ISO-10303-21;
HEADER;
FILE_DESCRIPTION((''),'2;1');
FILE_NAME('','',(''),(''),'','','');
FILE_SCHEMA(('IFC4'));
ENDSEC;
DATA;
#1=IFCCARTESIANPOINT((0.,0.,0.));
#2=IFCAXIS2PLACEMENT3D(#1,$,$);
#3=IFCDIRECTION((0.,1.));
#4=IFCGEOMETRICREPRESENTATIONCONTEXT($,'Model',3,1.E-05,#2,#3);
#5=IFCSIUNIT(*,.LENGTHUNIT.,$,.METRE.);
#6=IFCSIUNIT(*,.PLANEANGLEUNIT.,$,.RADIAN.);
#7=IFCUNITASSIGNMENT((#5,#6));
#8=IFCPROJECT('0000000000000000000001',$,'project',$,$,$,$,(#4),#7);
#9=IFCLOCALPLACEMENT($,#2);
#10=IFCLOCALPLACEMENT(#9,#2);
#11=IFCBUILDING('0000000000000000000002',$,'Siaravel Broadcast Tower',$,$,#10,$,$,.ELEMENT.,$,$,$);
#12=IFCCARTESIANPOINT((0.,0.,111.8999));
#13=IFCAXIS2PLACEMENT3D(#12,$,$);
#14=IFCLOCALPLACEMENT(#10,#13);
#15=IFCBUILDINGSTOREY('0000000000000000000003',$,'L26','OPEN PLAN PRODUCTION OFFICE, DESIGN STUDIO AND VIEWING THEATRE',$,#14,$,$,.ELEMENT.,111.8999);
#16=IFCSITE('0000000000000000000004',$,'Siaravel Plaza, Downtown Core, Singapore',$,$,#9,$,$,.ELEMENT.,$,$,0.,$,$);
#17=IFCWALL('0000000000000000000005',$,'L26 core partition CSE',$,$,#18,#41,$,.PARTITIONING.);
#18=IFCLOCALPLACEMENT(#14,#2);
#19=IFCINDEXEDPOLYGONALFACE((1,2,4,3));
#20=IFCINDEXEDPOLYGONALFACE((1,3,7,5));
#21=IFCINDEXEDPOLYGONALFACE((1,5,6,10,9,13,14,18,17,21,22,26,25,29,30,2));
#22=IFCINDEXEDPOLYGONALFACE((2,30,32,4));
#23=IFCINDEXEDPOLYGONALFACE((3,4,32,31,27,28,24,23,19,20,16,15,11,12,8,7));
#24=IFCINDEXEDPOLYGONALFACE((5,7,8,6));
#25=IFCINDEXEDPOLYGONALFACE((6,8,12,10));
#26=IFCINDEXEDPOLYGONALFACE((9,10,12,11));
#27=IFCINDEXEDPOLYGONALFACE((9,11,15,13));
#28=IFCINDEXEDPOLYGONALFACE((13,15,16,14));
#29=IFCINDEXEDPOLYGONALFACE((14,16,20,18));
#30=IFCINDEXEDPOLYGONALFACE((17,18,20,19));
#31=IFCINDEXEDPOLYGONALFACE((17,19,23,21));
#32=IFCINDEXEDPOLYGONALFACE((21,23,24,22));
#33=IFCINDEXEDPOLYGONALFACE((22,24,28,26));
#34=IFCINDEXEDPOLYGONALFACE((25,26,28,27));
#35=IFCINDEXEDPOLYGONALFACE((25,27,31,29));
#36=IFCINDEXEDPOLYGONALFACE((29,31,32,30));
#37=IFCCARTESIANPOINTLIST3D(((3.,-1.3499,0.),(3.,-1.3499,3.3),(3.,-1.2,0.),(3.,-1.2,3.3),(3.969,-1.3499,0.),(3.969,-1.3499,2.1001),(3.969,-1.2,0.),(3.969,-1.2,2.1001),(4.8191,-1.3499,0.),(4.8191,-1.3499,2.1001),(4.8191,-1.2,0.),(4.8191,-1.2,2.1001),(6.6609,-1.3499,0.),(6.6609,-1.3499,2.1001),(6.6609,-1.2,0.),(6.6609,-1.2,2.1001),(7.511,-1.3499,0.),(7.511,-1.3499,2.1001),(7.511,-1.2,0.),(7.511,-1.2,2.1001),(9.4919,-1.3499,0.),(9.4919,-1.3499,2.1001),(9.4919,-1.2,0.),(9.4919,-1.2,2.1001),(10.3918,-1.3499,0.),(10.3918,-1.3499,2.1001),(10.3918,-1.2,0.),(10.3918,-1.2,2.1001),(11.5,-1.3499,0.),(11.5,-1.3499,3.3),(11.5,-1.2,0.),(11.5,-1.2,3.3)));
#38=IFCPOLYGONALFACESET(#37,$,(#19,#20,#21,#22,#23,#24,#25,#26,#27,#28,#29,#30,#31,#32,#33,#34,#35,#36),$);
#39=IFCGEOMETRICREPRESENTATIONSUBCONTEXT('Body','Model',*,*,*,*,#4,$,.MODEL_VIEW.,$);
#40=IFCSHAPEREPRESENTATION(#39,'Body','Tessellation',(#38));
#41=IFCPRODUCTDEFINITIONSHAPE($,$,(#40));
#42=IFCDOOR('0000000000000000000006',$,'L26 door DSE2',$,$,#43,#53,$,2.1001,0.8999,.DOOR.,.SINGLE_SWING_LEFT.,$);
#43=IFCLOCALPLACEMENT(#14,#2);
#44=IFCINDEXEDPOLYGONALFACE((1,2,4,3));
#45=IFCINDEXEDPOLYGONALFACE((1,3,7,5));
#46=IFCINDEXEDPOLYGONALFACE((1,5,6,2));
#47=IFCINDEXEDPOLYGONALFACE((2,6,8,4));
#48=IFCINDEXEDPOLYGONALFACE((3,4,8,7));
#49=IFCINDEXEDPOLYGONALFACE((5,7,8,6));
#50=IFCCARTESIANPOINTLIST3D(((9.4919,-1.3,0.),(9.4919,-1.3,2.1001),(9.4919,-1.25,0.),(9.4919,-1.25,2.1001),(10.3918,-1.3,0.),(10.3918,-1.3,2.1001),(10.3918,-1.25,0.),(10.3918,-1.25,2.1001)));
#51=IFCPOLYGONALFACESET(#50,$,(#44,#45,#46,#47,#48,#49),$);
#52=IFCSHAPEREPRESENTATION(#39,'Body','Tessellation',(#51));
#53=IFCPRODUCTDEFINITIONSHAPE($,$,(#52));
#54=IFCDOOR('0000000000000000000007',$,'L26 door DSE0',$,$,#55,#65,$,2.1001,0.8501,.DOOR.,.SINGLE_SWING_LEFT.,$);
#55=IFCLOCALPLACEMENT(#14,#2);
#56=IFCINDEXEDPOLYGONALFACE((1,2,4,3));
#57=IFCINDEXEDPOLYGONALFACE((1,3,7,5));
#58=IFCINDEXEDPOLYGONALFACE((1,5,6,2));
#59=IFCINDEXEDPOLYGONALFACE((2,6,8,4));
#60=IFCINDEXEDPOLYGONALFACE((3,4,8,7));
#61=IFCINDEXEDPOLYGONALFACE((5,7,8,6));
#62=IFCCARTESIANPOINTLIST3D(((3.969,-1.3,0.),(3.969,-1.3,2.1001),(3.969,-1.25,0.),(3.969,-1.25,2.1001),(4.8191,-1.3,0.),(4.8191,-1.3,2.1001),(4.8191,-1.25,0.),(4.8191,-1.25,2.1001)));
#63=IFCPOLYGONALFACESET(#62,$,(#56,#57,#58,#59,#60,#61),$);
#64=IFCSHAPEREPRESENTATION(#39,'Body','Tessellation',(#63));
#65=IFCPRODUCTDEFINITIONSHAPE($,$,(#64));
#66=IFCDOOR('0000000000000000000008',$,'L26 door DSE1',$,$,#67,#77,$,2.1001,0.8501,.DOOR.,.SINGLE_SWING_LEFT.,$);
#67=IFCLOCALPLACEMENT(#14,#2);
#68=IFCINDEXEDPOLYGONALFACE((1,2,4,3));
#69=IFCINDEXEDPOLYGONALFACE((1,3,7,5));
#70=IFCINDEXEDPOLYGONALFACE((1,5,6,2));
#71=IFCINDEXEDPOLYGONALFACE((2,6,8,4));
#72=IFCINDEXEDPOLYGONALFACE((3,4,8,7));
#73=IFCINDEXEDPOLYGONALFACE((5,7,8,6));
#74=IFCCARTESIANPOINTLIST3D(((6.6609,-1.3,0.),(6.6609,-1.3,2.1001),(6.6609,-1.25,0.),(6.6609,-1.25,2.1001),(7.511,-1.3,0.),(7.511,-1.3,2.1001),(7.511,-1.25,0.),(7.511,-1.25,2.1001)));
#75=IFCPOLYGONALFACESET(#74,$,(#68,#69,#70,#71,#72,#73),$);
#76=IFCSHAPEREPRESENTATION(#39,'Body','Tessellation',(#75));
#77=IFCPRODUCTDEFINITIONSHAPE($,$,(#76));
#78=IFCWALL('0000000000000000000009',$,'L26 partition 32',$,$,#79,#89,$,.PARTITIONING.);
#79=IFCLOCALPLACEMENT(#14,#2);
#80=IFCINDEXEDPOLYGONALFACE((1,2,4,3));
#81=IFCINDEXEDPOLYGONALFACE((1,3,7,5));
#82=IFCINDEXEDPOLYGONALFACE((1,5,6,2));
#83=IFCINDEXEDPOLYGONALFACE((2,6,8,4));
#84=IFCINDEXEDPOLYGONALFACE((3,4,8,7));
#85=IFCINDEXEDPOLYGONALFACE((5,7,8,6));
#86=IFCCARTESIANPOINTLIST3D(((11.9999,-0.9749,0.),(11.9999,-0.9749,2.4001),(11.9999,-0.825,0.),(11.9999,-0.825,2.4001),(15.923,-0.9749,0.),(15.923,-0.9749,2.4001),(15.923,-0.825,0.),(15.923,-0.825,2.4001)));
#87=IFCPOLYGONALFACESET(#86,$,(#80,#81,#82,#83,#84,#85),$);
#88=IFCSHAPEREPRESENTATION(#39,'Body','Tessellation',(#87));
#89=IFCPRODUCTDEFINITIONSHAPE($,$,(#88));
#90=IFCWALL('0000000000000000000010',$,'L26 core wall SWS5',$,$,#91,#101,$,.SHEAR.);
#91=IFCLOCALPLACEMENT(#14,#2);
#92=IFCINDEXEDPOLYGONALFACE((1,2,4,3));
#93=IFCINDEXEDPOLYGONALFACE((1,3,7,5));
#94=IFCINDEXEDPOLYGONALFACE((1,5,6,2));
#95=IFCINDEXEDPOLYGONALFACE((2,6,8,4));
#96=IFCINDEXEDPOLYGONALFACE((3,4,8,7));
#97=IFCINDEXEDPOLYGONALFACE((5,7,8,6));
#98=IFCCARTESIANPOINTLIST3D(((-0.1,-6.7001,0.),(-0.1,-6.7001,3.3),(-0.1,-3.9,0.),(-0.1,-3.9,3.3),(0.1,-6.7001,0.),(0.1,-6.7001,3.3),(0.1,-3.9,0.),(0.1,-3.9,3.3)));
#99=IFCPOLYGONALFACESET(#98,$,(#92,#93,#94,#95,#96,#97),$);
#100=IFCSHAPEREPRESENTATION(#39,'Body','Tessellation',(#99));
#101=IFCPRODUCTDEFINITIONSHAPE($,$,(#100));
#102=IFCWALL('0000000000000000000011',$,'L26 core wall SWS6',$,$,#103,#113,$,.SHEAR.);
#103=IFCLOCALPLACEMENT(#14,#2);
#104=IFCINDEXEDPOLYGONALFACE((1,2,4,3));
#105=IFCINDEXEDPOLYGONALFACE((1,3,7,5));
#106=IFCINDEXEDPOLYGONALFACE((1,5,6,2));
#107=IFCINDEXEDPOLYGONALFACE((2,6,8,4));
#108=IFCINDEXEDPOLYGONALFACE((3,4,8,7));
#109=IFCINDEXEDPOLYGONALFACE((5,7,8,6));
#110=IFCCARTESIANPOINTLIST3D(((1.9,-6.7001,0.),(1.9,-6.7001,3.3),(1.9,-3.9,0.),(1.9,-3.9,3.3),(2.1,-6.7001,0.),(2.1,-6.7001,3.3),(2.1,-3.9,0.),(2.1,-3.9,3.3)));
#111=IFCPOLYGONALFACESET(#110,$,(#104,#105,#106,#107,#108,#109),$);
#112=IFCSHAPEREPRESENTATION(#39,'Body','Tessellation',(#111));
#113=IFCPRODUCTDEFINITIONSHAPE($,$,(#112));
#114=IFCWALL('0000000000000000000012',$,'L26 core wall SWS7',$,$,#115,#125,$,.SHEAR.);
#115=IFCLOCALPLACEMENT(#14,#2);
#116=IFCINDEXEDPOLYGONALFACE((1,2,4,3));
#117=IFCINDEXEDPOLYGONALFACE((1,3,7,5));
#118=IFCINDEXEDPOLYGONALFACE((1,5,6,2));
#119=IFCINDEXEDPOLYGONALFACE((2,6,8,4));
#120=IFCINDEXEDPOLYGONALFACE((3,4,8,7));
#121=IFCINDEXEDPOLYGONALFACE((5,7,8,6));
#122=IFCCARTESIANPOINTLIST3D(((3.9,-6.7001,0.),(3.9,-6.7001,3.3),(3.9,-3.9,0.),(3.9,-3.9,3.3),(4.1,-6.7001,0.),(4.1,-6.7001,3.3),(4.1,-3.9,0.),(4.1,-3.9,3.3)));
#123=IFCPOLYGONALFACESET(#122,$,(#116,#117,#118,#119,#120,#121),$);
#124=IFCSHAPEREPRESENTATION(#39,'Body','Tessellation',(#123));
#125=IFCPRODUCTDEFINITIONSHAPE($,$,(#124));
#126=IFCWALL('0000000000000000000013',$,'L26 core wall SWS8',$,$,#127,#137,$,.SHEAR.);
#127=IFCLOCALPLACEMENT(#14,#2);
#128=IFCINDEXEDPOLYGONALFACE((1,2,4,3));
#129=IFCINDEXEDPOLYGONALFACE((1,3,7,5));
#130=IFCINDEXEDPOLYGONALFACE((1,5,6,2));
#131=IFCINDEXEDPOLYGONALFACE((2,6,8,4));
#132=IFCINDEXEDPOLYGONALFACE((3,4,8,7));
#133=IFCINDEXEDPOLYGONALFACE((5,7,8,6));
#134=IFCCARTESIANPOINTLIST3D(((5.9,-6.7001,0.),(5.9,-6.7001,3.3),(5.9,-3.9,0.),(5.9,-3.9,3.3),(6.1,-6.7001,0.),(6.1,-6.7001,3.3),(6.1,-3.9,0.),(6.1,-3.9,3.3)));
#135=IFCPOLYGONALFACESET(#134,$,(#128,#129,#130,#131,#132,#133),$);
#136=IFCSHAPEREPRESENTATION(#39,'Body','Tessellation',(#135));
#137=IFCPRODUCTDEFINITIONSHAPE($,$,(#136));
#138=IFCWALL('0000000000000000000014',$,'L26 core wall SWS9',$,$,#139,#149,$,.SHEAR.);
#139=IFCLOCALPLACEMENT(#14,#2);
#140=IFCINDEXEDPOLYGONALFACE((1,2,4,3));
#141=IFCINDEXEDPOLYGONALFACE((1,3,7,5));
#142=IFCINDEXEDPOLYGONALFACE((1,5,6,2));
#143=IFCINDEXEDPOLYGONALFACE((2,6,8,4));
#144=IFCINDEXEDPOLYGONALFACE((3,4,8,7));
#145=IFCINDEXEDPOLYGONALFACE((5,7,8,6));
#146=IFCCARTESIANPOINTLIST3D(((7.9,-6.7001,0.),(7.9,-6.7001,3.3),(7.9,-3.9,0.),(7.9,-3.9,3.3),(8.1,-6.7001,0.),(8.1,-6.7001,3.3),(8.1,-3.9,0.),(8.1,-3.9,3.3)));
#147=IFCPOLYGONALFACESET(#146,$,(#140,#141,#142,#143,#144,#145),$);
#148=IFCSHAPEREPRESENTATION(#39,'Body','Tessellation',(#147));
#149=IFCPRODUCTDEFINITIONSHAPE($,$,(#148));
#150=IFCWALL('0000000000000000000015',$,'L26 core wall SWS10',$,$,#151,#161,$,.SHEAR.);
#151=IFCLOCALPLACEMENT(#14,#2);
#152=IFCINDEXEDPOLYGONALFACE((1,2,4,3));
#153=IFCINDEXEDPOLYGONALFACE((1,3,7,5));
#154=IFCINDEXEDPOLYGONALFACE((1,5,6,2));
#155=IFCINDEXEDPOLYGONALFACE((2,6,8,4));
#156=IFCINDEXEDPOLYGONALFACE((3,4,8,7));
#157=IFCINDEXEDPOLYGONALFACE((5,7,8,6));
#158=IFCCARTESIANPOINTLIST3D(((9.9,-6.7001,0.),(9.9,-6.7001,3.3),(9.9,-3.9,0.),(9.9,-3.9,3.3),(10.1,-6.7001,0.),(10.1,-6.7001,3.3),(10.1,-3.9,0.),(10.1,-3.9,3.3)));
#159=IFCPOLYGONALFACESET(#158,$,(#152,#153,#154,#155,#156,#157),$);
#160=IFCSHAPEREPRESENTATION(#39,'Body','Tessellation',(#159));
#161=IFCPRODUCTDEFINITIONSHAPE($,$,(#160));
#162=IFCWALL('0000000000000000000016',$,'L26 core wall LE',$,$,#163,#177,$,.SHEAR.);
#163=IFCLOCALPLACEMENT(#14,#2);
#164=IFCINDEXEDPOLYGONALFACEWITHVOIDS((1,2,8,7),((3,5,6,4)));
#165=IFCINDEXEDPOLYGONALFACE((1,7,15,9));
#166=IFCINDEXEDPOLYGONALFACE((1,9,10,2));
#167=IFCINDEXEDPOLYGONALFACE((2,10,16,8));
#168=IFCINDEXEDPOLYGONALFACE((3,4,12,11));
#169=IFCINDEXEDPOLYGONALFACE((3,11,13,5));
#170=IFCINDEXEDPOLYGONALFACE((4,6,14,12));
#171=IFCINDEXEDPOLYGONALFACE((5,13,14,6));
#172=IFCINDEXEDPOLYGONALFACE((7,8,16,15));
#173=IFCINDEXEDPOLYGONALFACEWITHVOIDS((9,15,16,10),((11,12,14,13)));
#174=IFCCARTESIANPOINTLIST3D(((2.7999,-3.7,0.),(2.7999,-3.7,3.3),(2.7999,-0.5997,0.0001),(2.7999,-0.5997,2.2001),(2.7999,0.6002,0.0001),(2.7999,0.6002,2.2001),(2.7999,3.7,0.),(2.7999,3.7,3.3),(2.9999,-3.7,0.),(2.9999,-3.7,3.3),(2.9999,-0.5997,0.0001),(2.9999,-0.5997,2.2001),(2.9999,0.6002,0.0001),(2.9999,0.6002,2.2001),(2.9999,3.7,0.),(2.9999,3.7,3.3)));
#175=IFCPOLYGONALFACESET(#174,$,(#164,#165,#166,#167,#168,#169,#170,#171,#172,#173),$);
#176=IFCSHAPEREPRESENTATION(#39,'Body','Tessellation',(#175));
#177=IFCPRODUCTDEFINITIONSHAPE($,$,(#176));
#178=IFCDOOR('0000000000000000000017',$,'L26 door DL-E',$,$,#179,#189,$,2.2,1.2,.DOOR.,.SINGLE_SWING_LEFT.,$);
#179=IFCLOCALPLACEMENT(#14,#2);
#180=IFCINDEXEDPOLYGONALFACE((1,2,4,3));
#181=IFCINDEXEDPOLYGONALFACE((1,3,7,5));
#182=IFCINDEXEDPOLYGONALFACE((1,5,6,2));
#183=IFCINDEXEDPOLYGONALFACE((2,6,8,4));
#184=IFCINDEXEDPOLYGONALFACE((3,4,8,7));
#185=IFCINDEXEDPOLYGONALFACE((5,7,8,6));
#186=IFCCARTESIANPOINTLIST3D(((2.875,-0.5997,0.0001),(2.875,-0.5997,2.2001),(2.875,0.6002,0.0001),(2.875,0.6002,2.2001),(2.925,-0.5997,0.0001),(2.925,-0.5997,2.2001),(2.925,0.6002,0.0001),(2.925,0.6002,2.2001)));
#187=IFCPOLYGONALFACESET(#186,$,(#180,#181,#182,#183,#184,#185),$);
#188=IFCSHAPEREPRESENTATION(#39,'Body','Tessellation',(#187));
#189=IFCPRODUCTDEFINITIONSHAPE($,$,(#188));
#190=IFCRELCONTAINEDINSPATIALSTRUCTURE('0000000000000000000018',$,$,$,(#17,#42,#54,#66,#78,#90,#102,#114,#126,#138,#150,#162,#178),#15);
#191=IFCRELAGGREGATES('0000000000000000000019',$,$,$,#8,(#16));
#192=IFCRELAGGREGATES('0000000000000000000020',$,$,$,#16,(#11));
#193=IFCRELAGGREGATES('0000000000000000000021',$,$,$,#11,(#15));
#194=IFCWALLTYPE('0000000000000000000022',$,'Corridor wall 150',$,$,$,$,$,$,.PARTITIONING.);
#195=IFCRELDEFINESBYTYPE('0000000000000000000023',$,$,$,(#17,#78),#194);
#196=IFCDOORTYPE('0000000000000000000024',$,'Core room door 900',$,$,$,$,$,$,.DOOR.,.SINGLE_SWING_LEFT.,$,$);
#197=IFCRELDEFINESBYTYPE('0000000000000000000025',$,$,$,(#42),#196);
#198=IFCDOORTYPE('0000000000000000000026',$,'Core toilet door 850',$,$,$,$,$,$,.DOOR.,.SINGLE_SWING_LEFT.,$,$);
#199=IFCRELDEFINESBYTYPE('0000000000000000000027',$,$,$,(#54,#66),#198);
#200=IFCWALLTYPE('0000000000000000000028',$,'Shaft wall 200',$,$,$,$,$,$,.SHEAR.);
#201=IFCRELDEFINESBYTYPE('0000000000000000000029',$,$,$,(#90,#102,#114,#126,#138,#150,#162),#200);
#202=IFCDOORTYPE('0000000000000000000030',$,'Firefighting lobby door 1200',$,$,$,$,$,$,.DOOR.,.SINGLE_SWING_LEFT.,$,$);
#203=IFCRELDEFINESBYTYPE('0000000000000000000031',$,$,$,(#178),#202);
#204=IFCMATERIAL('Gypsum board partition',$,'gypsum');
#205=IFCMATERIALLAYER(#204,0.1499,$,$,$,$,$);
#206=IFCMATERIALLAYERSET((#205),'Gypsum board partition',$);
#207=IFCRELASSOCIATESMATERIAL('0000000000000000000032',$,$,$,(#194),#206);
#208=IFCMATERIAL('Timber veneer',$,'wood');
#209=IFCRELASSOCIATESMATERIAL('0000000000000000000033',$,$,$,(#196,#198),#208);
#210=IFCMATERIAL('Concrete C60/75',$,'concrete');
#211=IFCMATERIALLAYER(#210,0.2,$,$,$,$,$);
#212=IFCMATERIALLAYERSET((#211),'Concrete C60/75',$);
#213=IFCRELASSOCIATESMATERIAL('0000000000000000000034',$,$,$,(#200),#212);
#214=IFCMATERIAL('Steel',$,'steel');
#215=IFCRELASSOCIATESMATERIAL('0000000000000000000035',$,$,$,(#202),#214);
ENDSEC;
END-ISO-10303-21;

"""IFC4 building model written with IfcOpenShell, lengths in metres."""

from ifc_helpers import new_model, si_unit, direction, frame, frame_2d, origin, place, context, subcontext, project, spatial, rectangle, extrude, material, layer, layer_set, type_object, element, fill, save


model = new_model("IFC4")

# Units and contexts
model_context = context("Model", 3, precision=1e-05, world=origin(), true_north=direction((0.0, 1.0)))
body_context = subcontext(model_context, "Body", "Model", "MODEL_VIEW")
ifc_project = project(units=[si_unit("LENGTHUNIT", "METRE"), si_unit("PLANEANGLEUNIT", "RADIAN")], contexts=[model_context])

# Site, building, storey
site_placement = place(None, origin())
site = spatial("IfcSite", under=ifc_project, at=site_placement, Name="Siaravel Plaza, Downtown Core, Singapore", CompositionType="ELEMENT", RefElevation=0.0)
building_placement = place(site_placement, origin())
building = spatial("IfcBuilding", under=site, at=building_placement, Name="Siaravel Broadcast Tower", CompositionType="ELEMENT")
storey_placement = place(building_placement, frame((0.0, 0.0, 111.8999)))
storey = spatial("IfcBuildingStorey", under=building, at=storey_placement, Name="L26", Description="OPEN PLAN PRODUCTION OFFICE, DESIGN STUDIO AND VIEWING THEATRE", CompositionType="ELEMENT", Elevation=111.8999)

# Shared definitions
ifc_material_1 = material(Name="Concrete C60/75", Category="concrete")
ifc_material_2 = material(Name="Steel", Category="steel")

# Wall, openings, doors
ifc_material_3 = material(Name="Gypsum board partition", Category="gypsum")
ifc_layer_1 = layer(ifc_material_3, 0.1499)
ifc_layer_set_1 = layer_set([ifc_layer_1], Name="Gypsum board partition")
wall_type_1 = type_object("IfcWallType", Name="Corridor wall 150", PredefinedType="PARTITIONING", material=ifc_layer_set_1)
wall_1_placement = place(storey_placement, frame((3.0, -1.2749, 0.0), z_axis=(0.0, 0.0, 1.0), x_axis=(1.0, 0.0, 0.0)))
wall_1 = element("IfcWall", 1, at=wall_1_placement, inside=storey, type_object=wall_type_1, Name="L26 core partition CSE", PredefinedType="PARTITIONING", context=body_context, shape_type="SweptSolid", body=[
    extrude(rectangle(XDim=8.5, YDim=0.1499, at=frame_2d((4.25, 0.0))), origin(), (0.0, 0.0, 1.0), 3.3),
])
opening_1_placement = place(wall_1_placement, frame((0.969, 0.0, 0.0)))
opening_1 = element("IfcOpeningElement", 2, at=opening_1_placement, cuts=wall_1, PredefinedType="OPENING", context=body_context, shape_type="SweptSolid", body=[
    extrude(rectangle(XDim=0.8501, YDim=2.1001, at=frame_2d((0.425, 1.05))), frame((0.0, 0.085, 0.0), z_axis=(0.0, -1.0, 0.0), x_axis=(1.0, 0.0, 0.0)), (0.0, 0.0, 1.0), 0.1699),
])
opening_2_placement = place(wall_1_placement, frame((3.6609, 0.0, 0.0)))
opening_2 = element("IfcOpeningElement", 3, at=opening_2_placement, cuts=wall_1, PredefinedType="OPENING", context=body_context, shape_type="SweptSolid", body=[
    extrude(rectangle(XDim=0.8501, YDim=2.1001, at=frame_2d((0.425, 1.05))), frame((0.0, 0.085, 0.0), z_axis=(0.0, -1.0, 0.0), x_axis=(1.0, 0.0, 0.0)), (0.0, 0.0, 1.0), 0.1699),
])
opening_3_placement = place(wall_1_placement, frame((6.4919, 0.0, 0.0)))
opening_3 = element("IfcOpeningElement", 4, at=opening_3_placement, cuts=wall_1, PredefinedType="OPENING", context=body_context, shape_type="SweptSolid", body=[
    extrude(rectangle(XDim=0.8999, YDim=2.1001, at=frame_2d((0.45, 1.05))), frame((0.0, 0.085, 0.0), z_axis=(0.0, -1.0, 0.0), x_axis=(1.0, 0.0, 0.0)), (0.0, 0.0, 1.0), 0.1699),
])
ifc_material_4 = material(Name="Timber veneer", Category="wood")
door_type_1 = type_object("IfcDoorType", Name="Core room door 900", OperationType="SINGLE_SWING_LEFT", PredefinedType="DOOR", material=ifc_material_4)
door_1_placement = place(opening_3_placement, origin())
door_1 = element("IfcDoor", 5, at=door_1_placement, inside=storey, type_object=door_type_1, Name="L26 door DSE2", OperationType="SINGLE_SWING_LEFT", OverallHeight=2.1001, OverallWidth=0.8999, PredefinedType="DOOR", context=body_context, shape_type="SweptSolid", body=[
    extrude(rectangle(XDim=0.8999, YDim=2.1001, at=frame_2d((0.45, 1.05))), frame((0.0, 0.0249, 0.0), z_axis=(0.0, -1.0, 0.0), x_axis=(1.0, 0.0, 0.0)), (0.0, 0.0, 1.0), 0.05),
])
fill(opening_3, door_1)
door_type_2 = type_object("IfcDoorType", Name="Core toilet door 850", OperationType="SINGLE_SWING_LEFT", PredefinedType="DOOR", material=ifc_material_4)
door_2_placement = place(opening_1_placement, origin())
door_2 = element("IfcDoor", 6, at=door_2_placement, inside=storey, type_object=door_type_2, Name="L26 door DSE0", OperationType="SINGLE_SWING_LEFT", OverallHeight=2.1001, OverallWidth=0.8501, PredefinedType="DOOR", context=body_context, shape_type="SweptSolid", body=[
    extrude(rectangle(XDim=0.8501, YDim=2.1001, at=frame_2d((0.425, 1.05))), frame((0.0, 0.0249, 0.0), z_axis=(0.0, -1.0, 0.0), x_axis=(1.0, 0.0, 0.0)), (0.0, 0.0, 1.0), 0.05),
])
fill(opening_1, door_2)
door_3_placement = place(opening_2_placement, origin())
door_3 = element("IfcDoor", 7, at=door_3_placement, inside=storey, type_object=door_type_2, Name="L26 door DSE1", OperationType="SINGLE_SWING_LEFT", OverallHeight=2.1001, OverallWidth=0.8501, PredefinedType="DOOR", context=body_context, shape_type="SweptSolid", body=[
    extrude(rectangle(XDim=0.8501, YDim=2.1001, at=frame_2d((0.425, 1.05))), frame((0.0, 0.0249, 0.0), z_axis=(0.0, -1.0, 0.0), x_axis=(1.0, 0.0, 0.0)), (0.0, 0.0, 1.0), 0.05),
])
fill(opening_2, door_3)

# Walls
wall_2_placement = place(storey_placement, frame((12.0, -0.8999, 0.0), z_axis=(0.0, 0.0, 1.0), x_axis=(1.0, 0.0, 0.0)))
element("IfcWall", 8, at=wall_2_placement, inside=storey, type_object=wall_type_1, Name="L26 partition 32", PredefinedType="PARTITIONING", context=body_context, shape_type="SweptSolid", body=[
    extrude(rectangle(XDim=3.9231, YDim=0.1499, at=frame_2d((1.9614, 0.0))), origin(), (0.0, 0.0, 1.0), 2.4001),
])
ifc_layer_2 = layer(ifc_material_1, 0.2)
ifc_layer_set_2 = layer_set([ifc_layer_2], Name="Concrete C60/75")
wall_type_2 = type_object("IfcWallType", Name="Shaft wall 200", PredefinedType="SHEAR", material=ifc_layer_set_2)
for number, where, z_axis, x_axis, name in (
    (9, (0.0, -6.7, 0.0), (0.0, 0.0, 1.0), (0.0, 1.0, 0.0), "L26 core wall SWS5"),
    (10, (2.0, -6.7, 0.0), (0.0, 0.0, 1.0), (0.0, 1.0, 0.0), "L26 core wall SWS6"),
    (11, (4.0, -6.7, 0.0), (0.0, 0.0, 1.0), (0.0, 1.0, 0.0), "L26 core wall SWS7"),
    (12, (6.0, -6.7, 0.0), (0.0, 0.0, 1.0), (0.0, 1.0, 0.0), "L26 core wall SWS8"),
    (13, (8.0, -6.7, 0.0), (0.0, 0.0, 1.0), (0.0, 1.0, 0.0), "L26 core wall SWS9"),
    (14, (10.0, -6.7, 0.0), (0.0, 0.0, 1.0), (0.0, 1.0, 0.0), "L26 core wall SWS10"),
):
    element("IfcWall", number, at=place(storey_placement, frame(where, z_axis=z_axis, x_axis=x_axis)), inside=storey, type_object=wall_type_2, Name=name, PredefinedType="SHEAR", context=body_context, shape_type="SweptSolid", body=[
        extrude(rectangle(XDim=2.8, YDim=0.2, at=frame_2d((1.3999, 0.0))), origin(), (0.0, 0.0, 1.0), 3.3),
    ])

# Wall, opening, door
wall_3_placement = place(storey_placement, frame((2.8999, -3.7, 0.0), z_axis=(0.0, 0.0, 1.0), x_axis=(0.0, 1.0, 0.0)))
wall_3 = element("IfcWall", 15, at=wall_3_placement, inside=storey, type_object=wall_type_2, Name="L26 core wall LE", PredefinedType="SHEAR", context=body_context, shape_type="SweptSolid", body=[
    extrude(rectangle(XDim=7.3999, YDim=0.2, at=frame_2d((3.7, 0.0))), origin(), (0.0, 0.0, 1.0), 3.3),
])
opening_4_placement = place(wall_3_placement, frame((3.1001, 0.0, 0.0)))
opening_4 = element("IfcOpeningElement", 16, at=opening_4_placement, cuts=wall_3, PredefinedType="OPENING", context=body_context, shape_type="SweptSolid", body=[
    extrude(rectangle(XDim=1.2, YDim=2.2, at=frame_2d((0.6001, 1.1001))), frame((0.0, 0.1099, 0.0), z_axis=(0.0, -1.0, 0.0), x_axis=(1.0, 0.0, 0.0)), (0.0, 0.0, 1.0), 0.22),
])
door_type_3 = type_object("IfcDoorType", Name="Firefighting lobby door 1200", OperationType="SINGLE_SWING_LEFT", PredefinedType="DOOR", material=ifc_material_2)
door_4_placement = place(opening_4_placement, origin())
door_4 = element("IfcDoor", 17, at=door_4_placement, inside=storey, type_object=door_type_3, Name="L26 door DL-E", OperationType="SINGLE_SWING_LEFT", OverallHeight=2.2, OverallWidth=1.2, PredefinedType="DOOR", context=body_context, shape_type="SweptSolid", body=[
    extrude(rectangle(XDim=1.2, YDim=2.2, at=frame_2d((0.6001, 1.1001))), frame((0.0, 0.0249, 0.0), z_axis=(0.0, -1.0, 0.0), x_axis=(1.0, 0.0, 0.0)), (0.0, 0.0, 1.0), 0.05),
])
fill(opening_4, door_4)

save(model, "model.ifc")
